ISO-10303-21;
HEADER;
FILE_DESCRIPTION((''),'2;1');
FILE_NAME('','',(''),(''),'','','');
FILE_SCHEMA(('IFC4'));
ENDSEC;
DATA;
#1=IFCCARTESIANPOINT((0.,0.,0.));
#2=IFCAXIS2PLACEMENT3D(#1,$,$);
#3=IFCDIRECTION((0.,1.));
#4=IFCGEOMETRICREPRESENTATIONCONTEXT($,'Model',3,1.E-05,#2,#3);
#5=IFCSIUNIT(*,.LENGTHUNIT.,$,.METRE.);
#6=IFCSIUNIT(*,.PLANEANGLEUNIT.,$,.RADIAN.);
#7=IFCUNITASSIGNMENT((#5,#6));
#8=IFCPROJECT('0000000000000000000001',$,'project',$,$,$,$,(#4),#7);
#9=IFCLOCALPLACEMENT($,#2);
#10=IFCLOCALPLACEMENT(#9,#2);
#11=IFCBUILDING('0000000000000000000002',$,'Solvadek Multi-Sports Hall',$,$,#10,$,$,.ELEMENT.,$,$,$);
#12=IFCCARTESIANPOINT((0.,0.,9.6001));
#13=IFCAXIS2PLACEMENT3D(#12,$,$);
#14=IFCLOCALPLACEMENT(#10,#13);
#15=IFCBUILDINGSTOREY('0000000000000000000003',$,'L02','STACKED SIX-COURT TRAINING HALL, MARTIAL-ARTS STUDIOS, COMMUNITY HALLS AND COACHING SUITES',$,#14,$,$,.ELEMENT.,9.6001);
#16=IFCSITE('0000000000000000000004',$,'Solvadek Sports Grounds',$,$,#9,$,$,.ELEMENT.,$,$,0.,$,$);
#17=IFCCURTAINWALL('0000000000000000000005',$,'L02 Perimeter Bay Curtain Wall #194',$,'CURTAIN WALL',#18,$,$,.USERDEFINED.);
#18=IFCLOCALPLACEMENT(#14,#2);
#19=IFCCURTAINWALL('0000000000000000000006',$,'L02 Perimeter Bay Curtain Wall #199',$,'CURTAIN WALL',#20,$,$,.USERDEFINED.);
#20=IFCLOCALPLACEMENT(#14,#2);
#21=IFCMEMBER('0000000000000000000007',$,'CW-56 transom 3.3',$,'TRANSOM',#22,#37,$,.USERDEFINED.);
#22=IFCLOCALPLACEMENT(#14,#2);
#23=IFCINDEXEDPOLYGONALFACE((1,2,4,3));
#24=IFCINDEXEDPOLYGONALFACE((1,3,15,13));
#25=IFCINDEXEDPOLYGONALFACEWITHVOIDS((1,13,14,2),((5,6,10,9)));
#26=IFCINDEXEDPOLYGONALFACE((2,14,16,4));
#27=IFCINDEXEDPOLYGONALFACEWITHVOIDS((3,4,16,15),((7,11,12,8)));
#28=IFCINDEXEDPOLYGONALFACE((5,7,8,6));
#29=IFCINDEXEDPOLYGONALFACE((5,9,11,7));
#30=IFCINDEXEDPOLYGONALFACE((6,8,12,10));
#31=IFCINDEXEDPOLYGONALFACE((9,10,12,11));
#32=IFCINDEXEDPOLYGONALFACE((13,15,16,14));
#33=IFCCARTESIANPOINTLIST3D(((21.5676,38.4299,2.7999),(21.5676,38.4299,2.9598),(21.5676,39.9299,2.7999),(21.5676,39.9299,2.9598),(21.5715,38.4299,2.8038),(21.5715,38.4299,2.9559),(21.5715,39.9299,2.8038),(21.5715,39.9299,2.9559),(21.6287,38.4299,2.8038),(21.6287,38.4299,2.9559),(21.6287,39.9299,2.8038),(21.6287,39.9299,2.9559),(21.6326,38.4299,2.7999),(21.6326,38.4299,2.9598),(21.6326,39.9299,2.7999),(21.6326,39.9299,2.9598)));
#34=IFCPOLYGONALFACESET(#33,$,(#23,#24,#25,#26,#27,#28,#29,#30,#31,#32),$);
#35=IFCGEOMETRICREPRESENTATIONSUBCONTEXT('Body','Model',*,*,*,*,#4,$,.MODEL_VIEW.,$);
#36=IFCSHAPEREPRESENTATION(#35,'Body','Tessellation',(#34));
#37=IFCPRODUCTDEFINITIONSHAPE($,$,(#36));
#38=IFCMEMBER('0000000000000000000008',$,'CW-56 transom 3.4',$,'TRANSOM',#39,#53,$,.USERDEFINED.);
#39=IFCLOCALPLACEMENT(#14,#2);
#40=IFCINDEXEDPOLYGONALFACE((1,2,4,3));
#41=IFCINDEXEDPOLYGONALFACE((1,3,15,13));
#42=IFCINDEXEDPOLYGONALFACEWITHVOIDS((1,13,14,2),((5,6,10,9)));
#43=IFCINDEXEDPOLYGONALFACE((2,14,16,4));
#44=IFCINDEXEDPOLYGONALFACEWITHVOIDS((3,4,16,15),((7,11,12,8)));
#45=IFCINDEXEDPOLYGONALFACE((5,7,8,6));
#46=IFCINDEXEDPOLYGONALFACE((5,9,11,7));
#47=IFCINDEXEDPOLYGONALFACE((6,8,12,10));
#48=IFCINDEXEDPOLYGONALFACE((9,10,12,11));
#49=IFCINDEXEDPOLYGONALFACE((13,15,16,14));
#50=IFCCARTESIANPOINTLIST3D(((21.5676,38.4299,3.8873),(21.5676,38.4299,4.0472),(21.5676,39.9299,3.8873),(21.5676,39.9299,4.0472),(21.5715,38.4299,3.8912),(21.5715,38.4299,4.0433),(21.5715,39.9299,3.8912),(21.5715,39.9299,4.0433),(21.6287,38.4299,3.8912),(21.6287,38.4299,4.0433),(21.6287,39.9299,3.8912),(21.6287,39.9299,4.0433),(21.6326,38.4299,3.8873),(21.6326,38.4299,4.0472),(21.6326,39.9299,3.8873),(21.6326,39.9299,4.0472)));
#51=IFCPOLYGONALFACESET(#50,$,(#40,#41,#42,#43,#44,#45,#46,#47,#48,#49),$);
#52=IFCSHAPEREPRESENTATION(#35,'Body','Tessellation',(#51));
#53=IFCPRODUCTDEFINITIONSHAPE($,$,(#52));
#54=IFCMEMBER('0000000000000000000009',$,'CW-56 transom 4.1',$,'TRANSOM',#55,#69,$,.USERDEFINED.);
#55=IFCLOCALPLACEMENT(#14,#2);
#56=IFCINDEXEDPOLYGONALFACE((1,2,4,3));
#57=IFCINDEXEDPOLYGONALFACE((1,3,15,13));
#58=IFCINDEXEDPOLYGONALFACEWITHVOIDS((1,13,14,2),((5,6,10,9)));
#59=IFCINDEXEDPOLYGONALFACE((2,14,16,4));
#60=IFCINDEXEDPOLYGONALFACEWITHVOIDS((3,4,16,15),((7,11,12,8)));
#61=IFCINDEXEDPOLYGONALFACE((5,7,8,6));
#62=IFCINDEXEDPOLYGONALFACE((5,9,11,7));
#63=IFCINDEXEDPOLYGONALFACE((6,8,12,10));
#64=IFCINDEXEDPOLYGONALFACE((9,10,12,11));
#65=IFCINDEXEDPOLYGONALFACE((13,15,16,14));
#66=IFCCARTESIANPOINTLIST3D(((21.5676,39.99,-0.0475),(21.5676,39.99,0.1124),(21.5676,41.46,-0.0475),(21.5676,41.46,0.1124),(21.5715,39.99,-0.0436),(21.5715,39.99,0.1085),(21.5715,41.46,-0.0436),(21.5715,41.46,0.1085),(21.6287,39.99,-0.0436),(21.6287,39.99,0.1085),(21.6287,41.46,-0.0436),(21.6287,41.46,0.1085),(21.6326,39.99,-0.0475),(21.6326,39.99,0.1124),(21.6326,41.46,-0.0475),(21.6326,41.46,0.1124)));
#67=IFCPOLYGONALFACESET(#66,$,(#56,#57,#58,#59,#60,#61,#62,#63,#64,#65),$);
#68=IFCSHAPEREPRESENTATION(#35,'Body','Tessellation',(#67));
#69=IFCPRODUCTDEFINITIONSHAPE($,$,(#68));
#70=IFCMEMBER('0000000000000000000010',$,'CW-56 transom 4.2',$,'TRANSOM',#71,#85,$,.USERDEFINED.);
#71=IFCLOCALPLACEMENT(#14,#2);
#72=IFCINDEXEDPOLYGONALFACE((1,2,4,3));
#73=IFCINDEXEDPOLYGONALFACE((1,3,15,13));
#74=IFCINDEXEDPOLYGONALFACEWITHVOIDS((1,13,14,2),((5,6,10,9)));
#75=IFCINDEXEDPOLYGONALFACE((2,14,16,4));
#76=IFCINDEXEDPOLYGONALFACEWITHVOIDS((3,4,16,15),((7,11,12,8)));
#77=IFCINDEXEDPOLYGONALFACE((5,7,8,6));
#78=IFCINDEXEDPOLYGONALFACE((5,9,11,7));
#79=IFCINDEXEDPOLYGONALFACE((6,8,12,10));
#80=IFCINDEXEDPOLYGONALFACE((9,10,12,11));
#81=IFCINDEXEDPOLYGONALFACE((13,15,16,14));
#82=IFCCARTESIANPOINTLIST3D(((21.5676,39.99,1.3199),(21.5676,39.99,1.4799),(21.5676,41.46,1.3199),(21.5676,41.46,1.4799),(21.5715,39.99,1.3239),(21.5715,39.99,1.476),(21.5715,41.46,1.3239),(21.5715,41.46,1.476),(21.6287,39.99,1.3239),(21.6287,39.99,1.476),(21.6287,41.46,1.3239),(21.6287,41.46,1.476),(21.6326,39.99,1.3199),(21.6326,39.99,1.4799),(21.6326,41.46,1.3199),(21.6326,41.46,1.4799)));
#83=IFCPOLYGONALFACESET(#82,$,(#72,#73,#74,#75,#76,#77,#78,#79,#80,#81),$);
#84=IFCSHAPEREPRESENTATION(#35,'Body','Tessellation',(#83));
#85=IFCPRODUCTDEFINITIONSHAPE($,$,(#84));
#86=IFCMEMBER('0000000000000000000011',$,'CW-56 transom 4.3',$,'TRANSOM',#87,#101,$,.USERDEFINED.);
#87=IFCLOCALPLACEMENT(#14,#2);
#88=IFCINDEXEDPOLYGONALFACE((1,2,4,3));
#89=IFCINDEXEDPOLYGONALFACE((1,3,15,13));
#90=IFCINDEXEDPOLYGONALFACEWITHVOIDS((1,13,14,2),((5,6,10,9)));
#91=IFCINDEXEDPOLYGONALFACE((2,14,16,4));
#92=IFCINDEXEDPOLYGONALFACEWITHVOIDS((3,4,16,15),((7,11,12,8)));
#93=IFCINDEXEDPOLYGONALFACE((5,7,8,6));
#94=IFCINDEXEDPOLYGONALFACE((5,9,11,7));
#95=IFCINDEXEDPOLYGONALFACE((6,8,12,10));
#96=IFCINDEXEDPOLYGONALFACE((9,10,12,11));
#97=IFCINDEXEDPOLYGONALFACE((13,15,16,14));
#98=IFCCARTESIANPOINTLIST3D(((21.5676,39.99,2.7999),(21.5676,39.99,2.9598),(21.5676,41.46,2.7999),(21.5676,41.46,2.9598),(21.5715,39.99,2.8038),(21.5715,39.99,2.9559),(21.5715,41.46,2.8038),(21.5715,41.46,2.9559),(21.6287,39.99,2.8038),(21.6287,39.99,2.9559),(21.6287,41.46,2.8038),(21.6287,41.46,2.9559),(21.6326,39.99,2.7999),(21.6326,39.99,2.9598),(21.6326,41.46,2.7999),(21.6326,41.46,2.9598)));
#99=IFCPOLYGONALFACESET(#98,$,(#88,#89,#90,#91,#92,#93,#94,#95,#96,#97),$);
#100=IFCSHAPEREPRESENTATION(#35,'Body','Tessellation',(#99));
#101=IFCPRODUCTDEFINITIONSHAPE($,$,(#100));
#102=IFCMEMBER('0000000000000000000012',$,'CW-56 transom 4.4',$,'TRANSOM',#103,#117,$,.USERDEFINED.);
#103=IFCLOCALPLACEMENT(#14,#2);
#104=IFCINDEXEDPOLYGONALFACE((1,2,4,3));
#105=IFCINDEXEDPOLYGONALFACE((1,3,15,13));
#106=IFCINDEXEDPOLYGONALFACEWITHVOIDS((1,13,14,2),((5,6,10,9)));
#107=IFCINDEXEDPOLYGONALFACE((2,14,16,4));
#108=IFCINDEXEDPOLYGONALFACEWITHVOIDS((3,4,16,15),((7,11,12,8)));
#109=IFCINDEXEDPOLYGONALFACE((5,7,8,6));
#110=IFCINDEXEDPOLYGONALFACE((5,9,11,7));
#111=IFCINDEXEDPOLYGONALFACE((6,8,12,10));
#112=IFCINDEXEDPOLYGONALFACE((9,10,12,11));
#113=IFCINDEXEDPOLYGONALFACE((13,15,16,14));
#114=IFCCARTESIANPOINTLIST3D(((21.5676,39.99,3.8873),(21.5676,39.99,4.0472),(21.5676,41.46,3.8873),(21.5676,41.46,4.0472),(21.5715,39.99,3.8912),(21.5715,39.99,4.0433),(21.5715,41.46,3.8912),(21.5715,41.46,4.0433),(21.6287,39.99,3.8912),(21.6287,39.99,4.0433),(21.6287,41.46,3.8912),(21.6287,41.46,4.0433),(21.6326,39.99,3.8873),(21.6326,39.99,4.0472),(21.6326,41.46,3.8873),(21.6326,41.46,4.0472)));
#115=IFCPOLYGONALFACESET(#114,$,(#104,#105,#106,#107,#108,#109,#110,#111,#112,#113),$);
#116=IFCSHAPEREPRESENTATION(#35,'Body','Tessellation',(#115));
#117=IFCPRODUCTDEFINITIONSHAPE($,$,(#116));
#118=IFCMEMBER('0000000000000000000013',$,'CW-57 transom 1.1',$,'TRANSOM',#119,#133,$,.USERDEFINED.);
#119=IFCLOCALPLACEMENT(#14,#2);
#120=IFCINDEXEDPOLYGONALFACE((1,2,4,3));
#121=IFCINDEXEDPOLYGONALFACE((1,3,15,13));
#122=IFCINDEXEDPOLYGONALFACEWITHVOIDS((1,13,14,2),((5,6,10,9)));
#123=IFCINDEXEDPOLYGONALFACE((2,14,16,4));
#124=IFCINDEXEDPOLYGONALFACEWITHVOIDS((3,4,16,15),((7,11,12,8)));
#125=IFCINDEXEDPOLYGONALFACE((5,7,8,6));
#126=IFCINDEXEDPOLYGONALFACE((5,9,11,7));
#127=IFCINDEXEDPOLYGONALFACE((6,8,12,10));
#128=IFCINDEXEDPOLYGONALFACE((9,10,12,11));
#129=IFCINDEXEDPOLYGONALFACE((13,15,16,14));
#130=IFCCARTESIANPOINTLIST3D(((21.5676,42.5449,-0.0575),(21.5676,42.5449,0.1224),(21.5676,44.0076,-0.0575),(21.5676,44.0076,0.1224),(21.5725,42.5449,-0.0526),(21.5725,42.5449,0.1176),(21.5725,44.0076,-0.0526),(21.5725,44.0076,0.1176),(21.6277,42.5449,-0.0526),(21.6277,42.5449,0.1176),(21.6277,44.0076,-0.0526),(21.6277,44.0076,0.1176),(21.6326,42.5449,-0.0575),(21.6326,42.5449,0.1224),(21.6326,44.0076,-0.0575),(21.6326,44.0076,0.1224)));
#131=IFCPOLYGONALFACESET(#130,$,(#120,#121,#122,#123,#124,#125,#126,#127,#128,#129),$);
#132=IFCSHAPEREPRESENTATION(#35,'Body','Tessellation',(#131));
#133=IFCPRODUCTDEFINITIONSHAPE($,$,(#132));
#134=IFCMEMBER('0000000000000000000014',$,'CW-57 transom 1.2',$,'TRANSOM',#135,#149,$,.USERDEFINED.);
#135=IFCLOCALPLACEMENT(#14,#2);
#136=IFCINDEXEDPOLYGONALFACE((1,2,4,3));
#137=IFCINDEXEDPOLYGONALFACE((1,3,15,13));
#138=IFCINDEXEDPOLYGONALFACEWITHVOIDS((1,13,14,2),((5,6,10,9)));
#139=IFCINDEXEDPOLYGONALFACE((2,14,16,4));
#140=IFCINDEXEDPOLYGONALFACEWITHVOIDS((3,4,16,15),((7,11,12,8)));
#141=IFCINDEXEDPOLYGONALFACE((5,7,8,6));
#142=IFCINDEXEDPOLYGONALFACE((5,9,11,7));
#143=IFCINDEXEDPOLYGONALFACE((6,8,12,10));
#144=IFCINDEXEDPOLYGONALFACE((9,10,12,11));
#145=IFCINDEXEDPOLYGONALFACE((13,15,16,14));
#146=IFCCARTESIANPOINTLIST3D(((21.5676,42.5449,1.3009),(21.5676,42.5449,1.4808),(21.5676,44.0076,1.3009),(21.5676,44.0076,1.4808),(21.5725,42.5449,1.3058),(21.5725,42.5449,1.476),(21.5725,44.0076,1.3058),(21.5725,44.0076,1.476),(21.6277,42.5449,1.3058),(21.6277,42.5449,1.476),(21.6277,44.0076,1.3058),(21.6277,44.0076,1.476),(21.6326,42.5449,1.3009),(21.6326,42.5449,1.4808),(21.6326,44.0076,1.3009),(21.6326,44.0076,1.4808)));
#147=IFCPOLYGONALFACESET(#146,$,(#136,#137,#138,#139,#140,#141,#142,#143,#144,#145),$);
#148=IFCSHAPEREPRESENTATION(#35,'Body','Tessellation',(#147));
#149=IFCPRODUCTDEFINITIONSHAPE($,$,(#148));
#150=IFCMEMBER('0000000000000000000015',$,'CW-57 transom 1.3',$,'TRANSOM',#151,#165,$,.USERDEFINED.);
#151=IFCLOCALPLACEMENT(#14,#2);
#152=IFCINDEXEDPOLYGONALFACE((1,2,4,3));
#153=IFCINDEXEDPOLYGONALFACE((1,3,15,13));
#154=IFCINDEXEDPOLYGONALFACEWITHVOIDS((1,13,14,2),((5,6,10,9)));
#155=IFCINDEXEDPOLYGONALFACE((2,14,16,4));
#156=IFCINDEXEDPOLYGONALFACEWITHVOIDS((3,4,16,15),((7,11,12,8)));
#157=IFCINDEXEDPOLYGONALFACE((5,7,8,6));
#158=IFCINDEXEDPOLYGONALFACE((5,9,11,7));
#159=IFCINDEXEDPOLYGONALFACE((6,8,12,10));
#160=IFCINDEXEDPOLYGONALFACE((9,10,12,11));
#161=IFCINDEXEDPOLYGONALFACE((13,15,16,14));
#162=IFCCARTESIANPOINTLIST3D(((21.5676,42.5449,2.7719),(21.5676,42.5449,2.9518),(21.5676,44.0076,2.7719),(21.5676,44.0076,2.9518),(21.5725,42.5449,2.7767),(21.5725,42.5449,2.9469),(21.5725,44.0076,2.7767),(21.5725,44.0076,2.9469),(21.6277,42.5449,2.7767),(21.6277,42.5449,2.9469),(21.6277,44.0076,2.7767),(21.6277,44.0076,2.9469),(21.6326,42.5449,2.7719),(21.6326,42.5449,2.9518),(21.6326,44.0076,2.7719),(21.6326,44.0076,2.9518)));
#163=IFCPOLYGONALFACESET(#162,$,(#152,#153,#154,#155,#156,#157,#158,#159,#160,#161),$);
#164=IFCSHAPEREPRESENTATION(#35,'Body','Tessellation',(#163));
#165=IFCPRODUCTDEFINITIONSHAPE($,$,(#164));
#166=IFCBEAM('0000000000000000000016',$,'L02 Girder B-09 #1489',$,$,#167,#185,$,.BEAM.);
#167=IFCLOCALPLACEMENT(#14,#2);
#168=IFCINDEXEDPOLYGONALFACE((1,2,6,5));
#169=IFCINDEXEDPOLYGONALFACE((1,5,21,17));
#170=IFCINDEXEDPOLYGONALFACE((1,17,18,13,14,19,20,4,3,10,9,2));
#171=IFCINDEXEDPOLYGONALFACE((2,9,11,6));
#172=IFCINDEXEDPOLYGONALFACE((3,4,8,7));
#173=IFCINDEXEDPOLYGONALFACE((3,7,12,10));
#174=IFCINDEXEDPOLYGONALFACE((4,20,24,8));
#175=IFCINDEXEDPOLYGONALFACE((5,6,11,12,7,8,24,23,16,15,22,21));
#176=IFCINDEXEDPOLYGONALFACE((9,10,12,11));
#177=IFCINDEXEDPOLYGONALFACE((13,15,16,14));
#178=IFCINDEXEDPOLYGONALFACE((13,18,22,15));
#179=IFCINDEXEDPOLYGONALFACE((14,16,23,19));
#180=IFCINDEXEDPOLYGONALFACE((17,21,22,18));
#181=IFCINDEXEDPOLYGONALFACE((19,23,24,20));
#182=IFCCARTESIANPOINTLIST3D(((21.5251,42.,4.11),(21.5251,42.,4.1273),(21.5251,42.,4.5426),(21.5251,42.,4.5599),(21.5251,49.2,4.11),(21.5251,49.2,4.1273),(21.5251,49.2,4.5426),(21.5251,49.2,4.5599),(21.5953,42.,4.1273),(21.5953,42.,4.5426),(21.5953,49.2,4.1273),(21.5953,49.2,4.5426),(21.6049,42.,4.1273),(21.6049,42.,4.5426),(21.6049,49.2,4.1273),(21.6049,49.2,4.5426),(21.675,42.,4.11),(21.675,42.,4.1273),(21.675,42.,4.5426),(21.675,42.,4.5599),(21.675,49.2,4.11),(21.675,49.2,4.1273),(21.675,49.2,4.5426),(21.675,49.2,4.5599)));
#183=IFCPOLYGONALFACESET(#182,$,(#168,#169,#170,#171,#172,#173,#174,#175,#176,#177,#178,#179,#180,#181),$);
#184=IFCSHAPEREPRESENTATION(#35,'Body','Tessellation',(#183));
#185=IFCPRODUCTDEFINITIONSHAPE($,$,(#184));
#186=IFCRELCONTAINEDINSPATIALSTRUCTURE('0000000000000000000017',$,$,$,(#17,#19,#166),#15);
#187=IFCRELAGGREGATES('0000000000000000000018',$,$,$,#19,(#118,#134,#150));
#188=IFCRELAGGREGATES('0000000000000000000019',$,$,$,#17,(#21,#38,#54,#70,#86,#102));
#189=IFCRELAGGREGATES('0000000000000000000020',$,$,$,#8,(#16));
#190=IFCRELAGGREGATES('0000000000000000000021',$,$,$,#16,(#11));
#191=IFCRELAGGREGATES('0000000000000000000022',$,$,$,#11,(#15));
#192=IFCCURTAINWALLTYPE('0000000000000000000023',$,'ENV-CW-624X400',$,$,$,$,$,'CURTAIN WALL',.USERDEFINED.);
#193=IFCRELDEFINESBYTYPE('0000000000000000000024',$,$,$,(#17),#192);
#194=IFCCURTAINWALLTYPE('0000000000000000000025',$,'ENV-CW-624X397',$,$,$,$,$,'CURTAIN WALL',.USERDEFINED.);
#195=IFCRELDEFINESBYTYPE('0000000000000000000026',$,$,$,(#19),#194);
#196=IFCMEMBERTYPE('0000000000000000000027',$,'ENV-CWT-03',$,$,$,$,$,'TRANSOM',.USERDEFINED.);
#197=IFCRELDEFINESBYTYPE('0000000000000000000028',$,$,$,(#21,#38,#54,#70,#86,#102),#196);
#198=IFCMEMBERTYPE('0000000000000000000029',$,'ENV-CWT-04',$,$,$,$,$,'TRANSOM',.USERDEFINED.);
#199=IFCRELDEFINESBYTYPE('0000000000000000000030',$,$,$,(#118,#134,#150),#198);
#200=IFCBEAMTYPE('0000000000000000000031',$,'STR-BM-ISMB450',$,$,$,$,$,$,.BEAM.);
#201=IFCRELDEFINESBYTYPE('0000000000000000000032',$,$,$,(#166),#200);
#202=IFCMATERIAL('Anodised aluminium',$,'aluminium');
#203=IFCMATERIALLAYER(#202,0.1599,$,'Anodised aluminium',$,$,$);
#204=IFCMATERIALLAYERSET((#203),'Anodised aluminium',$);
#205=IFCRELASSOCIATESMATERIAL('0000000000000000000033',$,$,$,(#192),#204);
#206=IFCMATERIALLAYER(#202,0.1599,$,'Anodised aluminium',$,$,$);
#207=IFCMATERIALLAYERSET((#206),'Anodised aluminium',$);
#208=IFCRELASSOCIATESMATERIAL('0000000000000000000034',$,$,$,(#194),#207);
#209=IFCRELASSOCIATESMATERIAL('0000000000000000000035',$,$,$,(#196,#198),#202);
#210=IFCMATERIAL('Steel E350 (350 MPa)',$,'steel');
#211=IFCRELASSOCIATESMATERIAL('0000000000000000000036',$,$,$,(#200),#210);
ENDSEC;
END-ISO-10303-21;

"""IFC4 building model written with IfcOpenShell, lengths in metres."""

from ifc_helpers import new_model, si_unit, direction, frame, origin, origin_2d, place, context, subcontext, project, spatial, hollow_rectangle, i_section, extrude, material, layer, layer_set, material_profile, profile_set, type_object, element, aggregate, save


model = new_model("IFC4")

# Units and contexts
model_context = context("Model", 3, precision=1e-05, world=origin(), true_north=direction((0.0, 1.0)))
body_context = subcontext(model_context, "Body", "Model", "MODEL_VIEW")
ifc_project = project(units=[si_unit("LENGTHUNIT", "METRE"), si_unit("PLANEANGLEUNIT", "RADIAN")], contexts=[model_context])

# Site, building, storey
site_placement = place(None, origin())
site = spatial("IfcSite", under=ifc_project, at=site_placement, Name="Solvadek Sports Grounds", CompositionType="ELEMENT", RefElevation=0.0)
building_placement = place(site_placement, origin())
building = spatial("IfcBuilding", under=site, at=building_placement, Name="Solvadek Multi-Sports Hall", CompositionType="ELEMENT")
storey_placement = place(building_placement, frame((0.0, 0.0, 9.6001)))
storey = spatial("IfcBuildingStorey", under=building, at=storey_placement, Name="L02", Description="STACKED SIX-COURT TRAINING HALL, MARTIAL-ARTS STUDIOS, COMMUNITY HALLS AND COACHING SUITES", CompositionType="ELEMENT", Elevation=9.6001)

# Shared definitions
ifc_material_1 = material(Name="Steel E350 (350 MPa)", Category="steel")

# Curtain wall
ifc_material_2 = material(Name="Anodised aluminium", Category="aluminium")
ifc_layer_1 = layer(ifc_material_2, 0.1599, Name="Anodised aluminium")
ifc_layer_set_1 = layer_set([ifc_layer_1], Name="Anodised aluminium")
curtain_wall_type_1 = type_object("IfcCurtainWallType", Name="ENV-CW-624X400", ElementType="CURTAIN WALL", PredefinedType="USERDEFINED", material=ifc_layer_set_1)
curtain_wall_1_placement = place(storey_placement, origin())
curtain_wall_1 = element("IfcCurtainWall", 1, at=curtain_wall_1_placement, inside=storey, type_object=curtain_wall_type_1, Name="L02 Perimeter Bay Curtain Wall #194", ObjectType="CURTAIN WALL", PredefinedType="USERDEFINED")

# Curtain wall
ifc_layer_2 = layer(ifc_material_2, 0.1599, Name="Anodised aluminium")
ifc_layer_set_2 = layer_set([ifc_layer_2], Name="Anodised aluminium")
curtain_wall_type_2 = type_object("IfcCurtainWallType", Name="ENV-CW-624X397", ElementType="CURTAIN WALL", PredefinedType="USERDEFINED", material=ifc_layer_set_2)
curtain_wall_2_placement = place(storey_placement, origin())
curtain_wall_2 = element("IfcCurtainWall", 2, at=curtain_wall_2_placement, inside=storey, type_object=curtain_wall_type_2, Name="L02 Perimeter Bay Curtain Wall #199", ObjectType="CURTAIN WALL", PredefinedType="USERDEFINED")

# Members
ifc_material_profile_1 = material_profile(ifc_material_2, hollow_rectangle(XDim=0.0649, YDim=0.1599, WallThickness=0.0039, at=origin_2d()), Name="ALU-T 160x65x4")
ifc_profile_set_1 = profile_set([ifc_material_profile_1], Name="Anodised aluminium")
member_type_1 = type_object("IfcMemberType", Name="ENV-CWT-03", ElementType="TRANSOM", PredefinedType="USERDEFINED", material=ifc_profile_set_1)
member_1_placement = place(storey_placement, frame((21.6001, 38.4299, 2.8799), z_axis=(0.0, 1.0, 0.0), x_axis=(-1.0, 0.0, 0.0)))
member_1 = element("IfcMember", 3, at=member_1_placement, type_object=member_type_1, Name="CW-56 transom 3.3", ObjectType="TRANSOM", PredefinedType="USERDEFINED", context=body_context, shape_type="SweptSolid", body=[
    extrude(hollow_rectangle(XDim=0.0649, YDim=0.1599, WallThickness=0.0039, at=origin_2d()), origin(), (0.0, 0.0, 1.0), 1.5),
])
member_2_placement = place(storey_placement, frame((21.6001, 38.4299, 3.9673), z_axis=(0.0, 1.0, 0.0), x_axis=(-1.0, 0.0, 0.0)))
member_2 = element("IfcMember", 4, at=member_2_placement, type_object=member_type_1, Name="CW-56 transom 3.4", ObjectType="TRANSOM", PredefinedType="USERDEFINED", context=body_context, shape_type="SweptSolid", body=[
    extrude(hollow_rectangle(XDim=0.0649, YDim=0.1599, WallThickness=0.0039, at=origin_2d()), origin(), (0.0, 0.0, 1.0), 1.5),
])
member_3_placement = place(storey_placement, frame((21.6001, 39.99, 0.0325), z_axis=(0.0, 1.0, 0.0), x_axis=(-1.0, 0.0, 0.0)))
member_3 = element("IfcMember", 5, at=member_3_placement, type_object=member_type_1, Name="CW-56 transom 4.1", ObjectType="TRANSOM", PredefinedType="USERDEFINED", context=body_context, shape_type="SweptSolid", body=[
    extrude(hollow_rectangle(XDim=0.0649, YDim=0.1599, WallThickness=0.0039, at=origin_2d()), origin(), (0.0, 0.0, 1.0), 1.47),
])
member_4_placement = place(storey_placement, frame((21.6001, 39.99, 1.3999), z_axis=(0.0, 1.0, 0.0), x_axis=(-1.0, 0.0, 0.0)))
member_4 = element("IfcMember", 6, at=member_4_placement, type_object=member_type_1, Name="CW-56 transom 4.2", ObjectType="TRANSOM", PredefinedType="USERDEFINED", context=body_context, shape_type="SweptSolid", body=[
    extrude(hollow_rectangle(XDim=0.0649, YDim=0.1599, WallThickness=0.0039, at=origin_2d()), origin(), (0.0, 0.0, 1.0), 1.47),
])
member_5_placement = place(storey_placement, frame((21.6001, 39.99, 2.8799), z_axis=(0.0, 1.0, 0.0), x_axis=(-1.0, 0.0, 0.0)))
member_5 = element("IfcMember", 7, at=member_5_placement, type_object=member_type_1, Name="CW-56 transom 4.3", ObjectType="TRANSOM", PredefinedType="USERDEFINED", context=body_context, shape_type="SweptSolid", body=[
    extrude(hollow_rectangle(XDim=0.0649, YDim=0.1599, WallThickness=0.0039, at=origin_2d()), origin(), (0.0, 0.0, 1.0), 1.47),
])
member_6_placement = place(storey_placement, frame((21.6001, 39.99, 3.9673), z_axis=(0.0, 1.0, 0.0), x_axis=(-1.0, 0.0, 0.0)))
member_6 = element("IfcMember", 8, at=member_6_placement, type_object=member_type_1, Name="CW-56 transom 4.4", ObjectType="TRANSOM", PredefinedType="USERDEFINED", context=body_context, shape_type="SweptSolid", body=[
    extrude(hollow_rectangle(XDim=0.0649, YDim=0.1599, WallThickness=0.0039, at=origin_2d()), origin(), (0.0, 0.0, 1.0), 1.47),
])
ifc_material_profile_2 = material_profile(ifc_material_2, hollow_rectangle(XDim=0.0649, YDim=0.1799, WallThickness=0.0049, at=origin_2d()), Name="ALU-T 180x65x5")
ifc_profile_set_2 = profile_set([ifc_material_profile_2], Name="Anodised aluminium")
member_type_2 = type_object("IfcMemberType", Name="ENV-CWT-04", ElementType="TRANSOM", PredefinedType="USERDEFINED", material=ifc_profile_set_2)
member_7_placement = place(storey_placement, frame((21.6001, 42.5449, 0.0325), z_axis=(0.0, 1.0, 0.0), x_axis=(-1.0, 0.0, 0.0)))
member_7 = element("IfcMember", 9, at=member_7_placement, type_object=member_type_2, Name="CW-57 transom 1.1", ObjectType="TRANSOM", PredefinedType="USERDEFINED", context=body_context, shape_type="SweptSolid", body=[
    extrude(hollow_rectangle(XDim=0.0649, YDim=0.1799, WallThickness=0.0049, at=origin_2d()), origin(), (0.0, 0.0, 1.0), 1.4626),
])
member_8_placement = place(storey_placement, frame((21.6001, 42.5449, 1.3909), z_axis=(0.0, 1.0, 0.0), x_axis=(-1.0, 0.0, 0.0)))
member_8 = element("IfcMember", 10, at=member_8_placement, type_object=member_type_2, Name="CW-57 transom 1.2", ObjectType="TRANSOM", PredefinedType="USERDEFINED", context=body_context, shape_type="SweptSolid", body=[
    extrude(hollow_rectangle(XDim=0.0649, YDim=0.1799, WallThickness=0.0049, at=origin_2d()), origin(), (0.0, 0.0, 1.0), 1.4626),
])
member_9_placement = place(storey_placement, frame((21.6001, 42.5449, 2.8618), z_axis=(0.0, 1.0, 0.0), x_axis=(-1.0, 0.0, 0.0)))
member_9 = element("IfcMember", 11, at=member_9_placement, type_object=member_type_2, Name="CW-57 transom 1.3", ObjectType="TRANSOM", PredefinedType="USERDEFINED", context=body_context, shape_type="SweptSolid", body=[
    extrude(hollow_rectangle(XDim=0.0649, YDim=0.1799, WallThickness=0.0049, at=origin_2d()), origin(), (0.0, 0.0, 1.0), 1.4626),
])
aggregate(curtain_wall_2, [member_7, member_8, member_9])

# Beam
ifc_material_profile_3 = material_profile(ifc_material_1, i_section(OverallWidth=0.1499, OverallDepth=0.45, WebThickness=0.0095, FlangeThickness=0.0173, at=origin_2d()), Name="ISMB 450")
ifc_profile_set_3 = profile_set([ifc_material_profile_3], Name="Steel E350 (350 MPa)")
beam_type = type_object("IfcBeamType", Name="STR-BM-ISMB450", PredefinedType="BEAM", material=ifc_profile_set_3)
beam_placement = place(storey_placement, frame((21.6001, 42.0, 4.335), z_axis=(0.0, 1.0, 0.0), x_axis=(-1.0, 0.0, 0.0)))
element("IfcBeam", 12, at=beam_placement, inside=storey, type_object=beam_type, Name="L02 Girder B-09 #1489", PredefinedType="BEAM", context=body_context, shape_type="SweptSolid", body=[
    extrude(i_section(OverallWidth=0.1499, OverallDepth=0.45, WebThickness=0.0095, FlangeThickness=0.0173, at=origin_2d()), origin(), (0.0, 0.0, 1.0), 7.2),
])

aggregate(curtain_wall_1, [member_1, member_2, member_3, member_4, member_5, member_6])

save(model, "model.ifc")
